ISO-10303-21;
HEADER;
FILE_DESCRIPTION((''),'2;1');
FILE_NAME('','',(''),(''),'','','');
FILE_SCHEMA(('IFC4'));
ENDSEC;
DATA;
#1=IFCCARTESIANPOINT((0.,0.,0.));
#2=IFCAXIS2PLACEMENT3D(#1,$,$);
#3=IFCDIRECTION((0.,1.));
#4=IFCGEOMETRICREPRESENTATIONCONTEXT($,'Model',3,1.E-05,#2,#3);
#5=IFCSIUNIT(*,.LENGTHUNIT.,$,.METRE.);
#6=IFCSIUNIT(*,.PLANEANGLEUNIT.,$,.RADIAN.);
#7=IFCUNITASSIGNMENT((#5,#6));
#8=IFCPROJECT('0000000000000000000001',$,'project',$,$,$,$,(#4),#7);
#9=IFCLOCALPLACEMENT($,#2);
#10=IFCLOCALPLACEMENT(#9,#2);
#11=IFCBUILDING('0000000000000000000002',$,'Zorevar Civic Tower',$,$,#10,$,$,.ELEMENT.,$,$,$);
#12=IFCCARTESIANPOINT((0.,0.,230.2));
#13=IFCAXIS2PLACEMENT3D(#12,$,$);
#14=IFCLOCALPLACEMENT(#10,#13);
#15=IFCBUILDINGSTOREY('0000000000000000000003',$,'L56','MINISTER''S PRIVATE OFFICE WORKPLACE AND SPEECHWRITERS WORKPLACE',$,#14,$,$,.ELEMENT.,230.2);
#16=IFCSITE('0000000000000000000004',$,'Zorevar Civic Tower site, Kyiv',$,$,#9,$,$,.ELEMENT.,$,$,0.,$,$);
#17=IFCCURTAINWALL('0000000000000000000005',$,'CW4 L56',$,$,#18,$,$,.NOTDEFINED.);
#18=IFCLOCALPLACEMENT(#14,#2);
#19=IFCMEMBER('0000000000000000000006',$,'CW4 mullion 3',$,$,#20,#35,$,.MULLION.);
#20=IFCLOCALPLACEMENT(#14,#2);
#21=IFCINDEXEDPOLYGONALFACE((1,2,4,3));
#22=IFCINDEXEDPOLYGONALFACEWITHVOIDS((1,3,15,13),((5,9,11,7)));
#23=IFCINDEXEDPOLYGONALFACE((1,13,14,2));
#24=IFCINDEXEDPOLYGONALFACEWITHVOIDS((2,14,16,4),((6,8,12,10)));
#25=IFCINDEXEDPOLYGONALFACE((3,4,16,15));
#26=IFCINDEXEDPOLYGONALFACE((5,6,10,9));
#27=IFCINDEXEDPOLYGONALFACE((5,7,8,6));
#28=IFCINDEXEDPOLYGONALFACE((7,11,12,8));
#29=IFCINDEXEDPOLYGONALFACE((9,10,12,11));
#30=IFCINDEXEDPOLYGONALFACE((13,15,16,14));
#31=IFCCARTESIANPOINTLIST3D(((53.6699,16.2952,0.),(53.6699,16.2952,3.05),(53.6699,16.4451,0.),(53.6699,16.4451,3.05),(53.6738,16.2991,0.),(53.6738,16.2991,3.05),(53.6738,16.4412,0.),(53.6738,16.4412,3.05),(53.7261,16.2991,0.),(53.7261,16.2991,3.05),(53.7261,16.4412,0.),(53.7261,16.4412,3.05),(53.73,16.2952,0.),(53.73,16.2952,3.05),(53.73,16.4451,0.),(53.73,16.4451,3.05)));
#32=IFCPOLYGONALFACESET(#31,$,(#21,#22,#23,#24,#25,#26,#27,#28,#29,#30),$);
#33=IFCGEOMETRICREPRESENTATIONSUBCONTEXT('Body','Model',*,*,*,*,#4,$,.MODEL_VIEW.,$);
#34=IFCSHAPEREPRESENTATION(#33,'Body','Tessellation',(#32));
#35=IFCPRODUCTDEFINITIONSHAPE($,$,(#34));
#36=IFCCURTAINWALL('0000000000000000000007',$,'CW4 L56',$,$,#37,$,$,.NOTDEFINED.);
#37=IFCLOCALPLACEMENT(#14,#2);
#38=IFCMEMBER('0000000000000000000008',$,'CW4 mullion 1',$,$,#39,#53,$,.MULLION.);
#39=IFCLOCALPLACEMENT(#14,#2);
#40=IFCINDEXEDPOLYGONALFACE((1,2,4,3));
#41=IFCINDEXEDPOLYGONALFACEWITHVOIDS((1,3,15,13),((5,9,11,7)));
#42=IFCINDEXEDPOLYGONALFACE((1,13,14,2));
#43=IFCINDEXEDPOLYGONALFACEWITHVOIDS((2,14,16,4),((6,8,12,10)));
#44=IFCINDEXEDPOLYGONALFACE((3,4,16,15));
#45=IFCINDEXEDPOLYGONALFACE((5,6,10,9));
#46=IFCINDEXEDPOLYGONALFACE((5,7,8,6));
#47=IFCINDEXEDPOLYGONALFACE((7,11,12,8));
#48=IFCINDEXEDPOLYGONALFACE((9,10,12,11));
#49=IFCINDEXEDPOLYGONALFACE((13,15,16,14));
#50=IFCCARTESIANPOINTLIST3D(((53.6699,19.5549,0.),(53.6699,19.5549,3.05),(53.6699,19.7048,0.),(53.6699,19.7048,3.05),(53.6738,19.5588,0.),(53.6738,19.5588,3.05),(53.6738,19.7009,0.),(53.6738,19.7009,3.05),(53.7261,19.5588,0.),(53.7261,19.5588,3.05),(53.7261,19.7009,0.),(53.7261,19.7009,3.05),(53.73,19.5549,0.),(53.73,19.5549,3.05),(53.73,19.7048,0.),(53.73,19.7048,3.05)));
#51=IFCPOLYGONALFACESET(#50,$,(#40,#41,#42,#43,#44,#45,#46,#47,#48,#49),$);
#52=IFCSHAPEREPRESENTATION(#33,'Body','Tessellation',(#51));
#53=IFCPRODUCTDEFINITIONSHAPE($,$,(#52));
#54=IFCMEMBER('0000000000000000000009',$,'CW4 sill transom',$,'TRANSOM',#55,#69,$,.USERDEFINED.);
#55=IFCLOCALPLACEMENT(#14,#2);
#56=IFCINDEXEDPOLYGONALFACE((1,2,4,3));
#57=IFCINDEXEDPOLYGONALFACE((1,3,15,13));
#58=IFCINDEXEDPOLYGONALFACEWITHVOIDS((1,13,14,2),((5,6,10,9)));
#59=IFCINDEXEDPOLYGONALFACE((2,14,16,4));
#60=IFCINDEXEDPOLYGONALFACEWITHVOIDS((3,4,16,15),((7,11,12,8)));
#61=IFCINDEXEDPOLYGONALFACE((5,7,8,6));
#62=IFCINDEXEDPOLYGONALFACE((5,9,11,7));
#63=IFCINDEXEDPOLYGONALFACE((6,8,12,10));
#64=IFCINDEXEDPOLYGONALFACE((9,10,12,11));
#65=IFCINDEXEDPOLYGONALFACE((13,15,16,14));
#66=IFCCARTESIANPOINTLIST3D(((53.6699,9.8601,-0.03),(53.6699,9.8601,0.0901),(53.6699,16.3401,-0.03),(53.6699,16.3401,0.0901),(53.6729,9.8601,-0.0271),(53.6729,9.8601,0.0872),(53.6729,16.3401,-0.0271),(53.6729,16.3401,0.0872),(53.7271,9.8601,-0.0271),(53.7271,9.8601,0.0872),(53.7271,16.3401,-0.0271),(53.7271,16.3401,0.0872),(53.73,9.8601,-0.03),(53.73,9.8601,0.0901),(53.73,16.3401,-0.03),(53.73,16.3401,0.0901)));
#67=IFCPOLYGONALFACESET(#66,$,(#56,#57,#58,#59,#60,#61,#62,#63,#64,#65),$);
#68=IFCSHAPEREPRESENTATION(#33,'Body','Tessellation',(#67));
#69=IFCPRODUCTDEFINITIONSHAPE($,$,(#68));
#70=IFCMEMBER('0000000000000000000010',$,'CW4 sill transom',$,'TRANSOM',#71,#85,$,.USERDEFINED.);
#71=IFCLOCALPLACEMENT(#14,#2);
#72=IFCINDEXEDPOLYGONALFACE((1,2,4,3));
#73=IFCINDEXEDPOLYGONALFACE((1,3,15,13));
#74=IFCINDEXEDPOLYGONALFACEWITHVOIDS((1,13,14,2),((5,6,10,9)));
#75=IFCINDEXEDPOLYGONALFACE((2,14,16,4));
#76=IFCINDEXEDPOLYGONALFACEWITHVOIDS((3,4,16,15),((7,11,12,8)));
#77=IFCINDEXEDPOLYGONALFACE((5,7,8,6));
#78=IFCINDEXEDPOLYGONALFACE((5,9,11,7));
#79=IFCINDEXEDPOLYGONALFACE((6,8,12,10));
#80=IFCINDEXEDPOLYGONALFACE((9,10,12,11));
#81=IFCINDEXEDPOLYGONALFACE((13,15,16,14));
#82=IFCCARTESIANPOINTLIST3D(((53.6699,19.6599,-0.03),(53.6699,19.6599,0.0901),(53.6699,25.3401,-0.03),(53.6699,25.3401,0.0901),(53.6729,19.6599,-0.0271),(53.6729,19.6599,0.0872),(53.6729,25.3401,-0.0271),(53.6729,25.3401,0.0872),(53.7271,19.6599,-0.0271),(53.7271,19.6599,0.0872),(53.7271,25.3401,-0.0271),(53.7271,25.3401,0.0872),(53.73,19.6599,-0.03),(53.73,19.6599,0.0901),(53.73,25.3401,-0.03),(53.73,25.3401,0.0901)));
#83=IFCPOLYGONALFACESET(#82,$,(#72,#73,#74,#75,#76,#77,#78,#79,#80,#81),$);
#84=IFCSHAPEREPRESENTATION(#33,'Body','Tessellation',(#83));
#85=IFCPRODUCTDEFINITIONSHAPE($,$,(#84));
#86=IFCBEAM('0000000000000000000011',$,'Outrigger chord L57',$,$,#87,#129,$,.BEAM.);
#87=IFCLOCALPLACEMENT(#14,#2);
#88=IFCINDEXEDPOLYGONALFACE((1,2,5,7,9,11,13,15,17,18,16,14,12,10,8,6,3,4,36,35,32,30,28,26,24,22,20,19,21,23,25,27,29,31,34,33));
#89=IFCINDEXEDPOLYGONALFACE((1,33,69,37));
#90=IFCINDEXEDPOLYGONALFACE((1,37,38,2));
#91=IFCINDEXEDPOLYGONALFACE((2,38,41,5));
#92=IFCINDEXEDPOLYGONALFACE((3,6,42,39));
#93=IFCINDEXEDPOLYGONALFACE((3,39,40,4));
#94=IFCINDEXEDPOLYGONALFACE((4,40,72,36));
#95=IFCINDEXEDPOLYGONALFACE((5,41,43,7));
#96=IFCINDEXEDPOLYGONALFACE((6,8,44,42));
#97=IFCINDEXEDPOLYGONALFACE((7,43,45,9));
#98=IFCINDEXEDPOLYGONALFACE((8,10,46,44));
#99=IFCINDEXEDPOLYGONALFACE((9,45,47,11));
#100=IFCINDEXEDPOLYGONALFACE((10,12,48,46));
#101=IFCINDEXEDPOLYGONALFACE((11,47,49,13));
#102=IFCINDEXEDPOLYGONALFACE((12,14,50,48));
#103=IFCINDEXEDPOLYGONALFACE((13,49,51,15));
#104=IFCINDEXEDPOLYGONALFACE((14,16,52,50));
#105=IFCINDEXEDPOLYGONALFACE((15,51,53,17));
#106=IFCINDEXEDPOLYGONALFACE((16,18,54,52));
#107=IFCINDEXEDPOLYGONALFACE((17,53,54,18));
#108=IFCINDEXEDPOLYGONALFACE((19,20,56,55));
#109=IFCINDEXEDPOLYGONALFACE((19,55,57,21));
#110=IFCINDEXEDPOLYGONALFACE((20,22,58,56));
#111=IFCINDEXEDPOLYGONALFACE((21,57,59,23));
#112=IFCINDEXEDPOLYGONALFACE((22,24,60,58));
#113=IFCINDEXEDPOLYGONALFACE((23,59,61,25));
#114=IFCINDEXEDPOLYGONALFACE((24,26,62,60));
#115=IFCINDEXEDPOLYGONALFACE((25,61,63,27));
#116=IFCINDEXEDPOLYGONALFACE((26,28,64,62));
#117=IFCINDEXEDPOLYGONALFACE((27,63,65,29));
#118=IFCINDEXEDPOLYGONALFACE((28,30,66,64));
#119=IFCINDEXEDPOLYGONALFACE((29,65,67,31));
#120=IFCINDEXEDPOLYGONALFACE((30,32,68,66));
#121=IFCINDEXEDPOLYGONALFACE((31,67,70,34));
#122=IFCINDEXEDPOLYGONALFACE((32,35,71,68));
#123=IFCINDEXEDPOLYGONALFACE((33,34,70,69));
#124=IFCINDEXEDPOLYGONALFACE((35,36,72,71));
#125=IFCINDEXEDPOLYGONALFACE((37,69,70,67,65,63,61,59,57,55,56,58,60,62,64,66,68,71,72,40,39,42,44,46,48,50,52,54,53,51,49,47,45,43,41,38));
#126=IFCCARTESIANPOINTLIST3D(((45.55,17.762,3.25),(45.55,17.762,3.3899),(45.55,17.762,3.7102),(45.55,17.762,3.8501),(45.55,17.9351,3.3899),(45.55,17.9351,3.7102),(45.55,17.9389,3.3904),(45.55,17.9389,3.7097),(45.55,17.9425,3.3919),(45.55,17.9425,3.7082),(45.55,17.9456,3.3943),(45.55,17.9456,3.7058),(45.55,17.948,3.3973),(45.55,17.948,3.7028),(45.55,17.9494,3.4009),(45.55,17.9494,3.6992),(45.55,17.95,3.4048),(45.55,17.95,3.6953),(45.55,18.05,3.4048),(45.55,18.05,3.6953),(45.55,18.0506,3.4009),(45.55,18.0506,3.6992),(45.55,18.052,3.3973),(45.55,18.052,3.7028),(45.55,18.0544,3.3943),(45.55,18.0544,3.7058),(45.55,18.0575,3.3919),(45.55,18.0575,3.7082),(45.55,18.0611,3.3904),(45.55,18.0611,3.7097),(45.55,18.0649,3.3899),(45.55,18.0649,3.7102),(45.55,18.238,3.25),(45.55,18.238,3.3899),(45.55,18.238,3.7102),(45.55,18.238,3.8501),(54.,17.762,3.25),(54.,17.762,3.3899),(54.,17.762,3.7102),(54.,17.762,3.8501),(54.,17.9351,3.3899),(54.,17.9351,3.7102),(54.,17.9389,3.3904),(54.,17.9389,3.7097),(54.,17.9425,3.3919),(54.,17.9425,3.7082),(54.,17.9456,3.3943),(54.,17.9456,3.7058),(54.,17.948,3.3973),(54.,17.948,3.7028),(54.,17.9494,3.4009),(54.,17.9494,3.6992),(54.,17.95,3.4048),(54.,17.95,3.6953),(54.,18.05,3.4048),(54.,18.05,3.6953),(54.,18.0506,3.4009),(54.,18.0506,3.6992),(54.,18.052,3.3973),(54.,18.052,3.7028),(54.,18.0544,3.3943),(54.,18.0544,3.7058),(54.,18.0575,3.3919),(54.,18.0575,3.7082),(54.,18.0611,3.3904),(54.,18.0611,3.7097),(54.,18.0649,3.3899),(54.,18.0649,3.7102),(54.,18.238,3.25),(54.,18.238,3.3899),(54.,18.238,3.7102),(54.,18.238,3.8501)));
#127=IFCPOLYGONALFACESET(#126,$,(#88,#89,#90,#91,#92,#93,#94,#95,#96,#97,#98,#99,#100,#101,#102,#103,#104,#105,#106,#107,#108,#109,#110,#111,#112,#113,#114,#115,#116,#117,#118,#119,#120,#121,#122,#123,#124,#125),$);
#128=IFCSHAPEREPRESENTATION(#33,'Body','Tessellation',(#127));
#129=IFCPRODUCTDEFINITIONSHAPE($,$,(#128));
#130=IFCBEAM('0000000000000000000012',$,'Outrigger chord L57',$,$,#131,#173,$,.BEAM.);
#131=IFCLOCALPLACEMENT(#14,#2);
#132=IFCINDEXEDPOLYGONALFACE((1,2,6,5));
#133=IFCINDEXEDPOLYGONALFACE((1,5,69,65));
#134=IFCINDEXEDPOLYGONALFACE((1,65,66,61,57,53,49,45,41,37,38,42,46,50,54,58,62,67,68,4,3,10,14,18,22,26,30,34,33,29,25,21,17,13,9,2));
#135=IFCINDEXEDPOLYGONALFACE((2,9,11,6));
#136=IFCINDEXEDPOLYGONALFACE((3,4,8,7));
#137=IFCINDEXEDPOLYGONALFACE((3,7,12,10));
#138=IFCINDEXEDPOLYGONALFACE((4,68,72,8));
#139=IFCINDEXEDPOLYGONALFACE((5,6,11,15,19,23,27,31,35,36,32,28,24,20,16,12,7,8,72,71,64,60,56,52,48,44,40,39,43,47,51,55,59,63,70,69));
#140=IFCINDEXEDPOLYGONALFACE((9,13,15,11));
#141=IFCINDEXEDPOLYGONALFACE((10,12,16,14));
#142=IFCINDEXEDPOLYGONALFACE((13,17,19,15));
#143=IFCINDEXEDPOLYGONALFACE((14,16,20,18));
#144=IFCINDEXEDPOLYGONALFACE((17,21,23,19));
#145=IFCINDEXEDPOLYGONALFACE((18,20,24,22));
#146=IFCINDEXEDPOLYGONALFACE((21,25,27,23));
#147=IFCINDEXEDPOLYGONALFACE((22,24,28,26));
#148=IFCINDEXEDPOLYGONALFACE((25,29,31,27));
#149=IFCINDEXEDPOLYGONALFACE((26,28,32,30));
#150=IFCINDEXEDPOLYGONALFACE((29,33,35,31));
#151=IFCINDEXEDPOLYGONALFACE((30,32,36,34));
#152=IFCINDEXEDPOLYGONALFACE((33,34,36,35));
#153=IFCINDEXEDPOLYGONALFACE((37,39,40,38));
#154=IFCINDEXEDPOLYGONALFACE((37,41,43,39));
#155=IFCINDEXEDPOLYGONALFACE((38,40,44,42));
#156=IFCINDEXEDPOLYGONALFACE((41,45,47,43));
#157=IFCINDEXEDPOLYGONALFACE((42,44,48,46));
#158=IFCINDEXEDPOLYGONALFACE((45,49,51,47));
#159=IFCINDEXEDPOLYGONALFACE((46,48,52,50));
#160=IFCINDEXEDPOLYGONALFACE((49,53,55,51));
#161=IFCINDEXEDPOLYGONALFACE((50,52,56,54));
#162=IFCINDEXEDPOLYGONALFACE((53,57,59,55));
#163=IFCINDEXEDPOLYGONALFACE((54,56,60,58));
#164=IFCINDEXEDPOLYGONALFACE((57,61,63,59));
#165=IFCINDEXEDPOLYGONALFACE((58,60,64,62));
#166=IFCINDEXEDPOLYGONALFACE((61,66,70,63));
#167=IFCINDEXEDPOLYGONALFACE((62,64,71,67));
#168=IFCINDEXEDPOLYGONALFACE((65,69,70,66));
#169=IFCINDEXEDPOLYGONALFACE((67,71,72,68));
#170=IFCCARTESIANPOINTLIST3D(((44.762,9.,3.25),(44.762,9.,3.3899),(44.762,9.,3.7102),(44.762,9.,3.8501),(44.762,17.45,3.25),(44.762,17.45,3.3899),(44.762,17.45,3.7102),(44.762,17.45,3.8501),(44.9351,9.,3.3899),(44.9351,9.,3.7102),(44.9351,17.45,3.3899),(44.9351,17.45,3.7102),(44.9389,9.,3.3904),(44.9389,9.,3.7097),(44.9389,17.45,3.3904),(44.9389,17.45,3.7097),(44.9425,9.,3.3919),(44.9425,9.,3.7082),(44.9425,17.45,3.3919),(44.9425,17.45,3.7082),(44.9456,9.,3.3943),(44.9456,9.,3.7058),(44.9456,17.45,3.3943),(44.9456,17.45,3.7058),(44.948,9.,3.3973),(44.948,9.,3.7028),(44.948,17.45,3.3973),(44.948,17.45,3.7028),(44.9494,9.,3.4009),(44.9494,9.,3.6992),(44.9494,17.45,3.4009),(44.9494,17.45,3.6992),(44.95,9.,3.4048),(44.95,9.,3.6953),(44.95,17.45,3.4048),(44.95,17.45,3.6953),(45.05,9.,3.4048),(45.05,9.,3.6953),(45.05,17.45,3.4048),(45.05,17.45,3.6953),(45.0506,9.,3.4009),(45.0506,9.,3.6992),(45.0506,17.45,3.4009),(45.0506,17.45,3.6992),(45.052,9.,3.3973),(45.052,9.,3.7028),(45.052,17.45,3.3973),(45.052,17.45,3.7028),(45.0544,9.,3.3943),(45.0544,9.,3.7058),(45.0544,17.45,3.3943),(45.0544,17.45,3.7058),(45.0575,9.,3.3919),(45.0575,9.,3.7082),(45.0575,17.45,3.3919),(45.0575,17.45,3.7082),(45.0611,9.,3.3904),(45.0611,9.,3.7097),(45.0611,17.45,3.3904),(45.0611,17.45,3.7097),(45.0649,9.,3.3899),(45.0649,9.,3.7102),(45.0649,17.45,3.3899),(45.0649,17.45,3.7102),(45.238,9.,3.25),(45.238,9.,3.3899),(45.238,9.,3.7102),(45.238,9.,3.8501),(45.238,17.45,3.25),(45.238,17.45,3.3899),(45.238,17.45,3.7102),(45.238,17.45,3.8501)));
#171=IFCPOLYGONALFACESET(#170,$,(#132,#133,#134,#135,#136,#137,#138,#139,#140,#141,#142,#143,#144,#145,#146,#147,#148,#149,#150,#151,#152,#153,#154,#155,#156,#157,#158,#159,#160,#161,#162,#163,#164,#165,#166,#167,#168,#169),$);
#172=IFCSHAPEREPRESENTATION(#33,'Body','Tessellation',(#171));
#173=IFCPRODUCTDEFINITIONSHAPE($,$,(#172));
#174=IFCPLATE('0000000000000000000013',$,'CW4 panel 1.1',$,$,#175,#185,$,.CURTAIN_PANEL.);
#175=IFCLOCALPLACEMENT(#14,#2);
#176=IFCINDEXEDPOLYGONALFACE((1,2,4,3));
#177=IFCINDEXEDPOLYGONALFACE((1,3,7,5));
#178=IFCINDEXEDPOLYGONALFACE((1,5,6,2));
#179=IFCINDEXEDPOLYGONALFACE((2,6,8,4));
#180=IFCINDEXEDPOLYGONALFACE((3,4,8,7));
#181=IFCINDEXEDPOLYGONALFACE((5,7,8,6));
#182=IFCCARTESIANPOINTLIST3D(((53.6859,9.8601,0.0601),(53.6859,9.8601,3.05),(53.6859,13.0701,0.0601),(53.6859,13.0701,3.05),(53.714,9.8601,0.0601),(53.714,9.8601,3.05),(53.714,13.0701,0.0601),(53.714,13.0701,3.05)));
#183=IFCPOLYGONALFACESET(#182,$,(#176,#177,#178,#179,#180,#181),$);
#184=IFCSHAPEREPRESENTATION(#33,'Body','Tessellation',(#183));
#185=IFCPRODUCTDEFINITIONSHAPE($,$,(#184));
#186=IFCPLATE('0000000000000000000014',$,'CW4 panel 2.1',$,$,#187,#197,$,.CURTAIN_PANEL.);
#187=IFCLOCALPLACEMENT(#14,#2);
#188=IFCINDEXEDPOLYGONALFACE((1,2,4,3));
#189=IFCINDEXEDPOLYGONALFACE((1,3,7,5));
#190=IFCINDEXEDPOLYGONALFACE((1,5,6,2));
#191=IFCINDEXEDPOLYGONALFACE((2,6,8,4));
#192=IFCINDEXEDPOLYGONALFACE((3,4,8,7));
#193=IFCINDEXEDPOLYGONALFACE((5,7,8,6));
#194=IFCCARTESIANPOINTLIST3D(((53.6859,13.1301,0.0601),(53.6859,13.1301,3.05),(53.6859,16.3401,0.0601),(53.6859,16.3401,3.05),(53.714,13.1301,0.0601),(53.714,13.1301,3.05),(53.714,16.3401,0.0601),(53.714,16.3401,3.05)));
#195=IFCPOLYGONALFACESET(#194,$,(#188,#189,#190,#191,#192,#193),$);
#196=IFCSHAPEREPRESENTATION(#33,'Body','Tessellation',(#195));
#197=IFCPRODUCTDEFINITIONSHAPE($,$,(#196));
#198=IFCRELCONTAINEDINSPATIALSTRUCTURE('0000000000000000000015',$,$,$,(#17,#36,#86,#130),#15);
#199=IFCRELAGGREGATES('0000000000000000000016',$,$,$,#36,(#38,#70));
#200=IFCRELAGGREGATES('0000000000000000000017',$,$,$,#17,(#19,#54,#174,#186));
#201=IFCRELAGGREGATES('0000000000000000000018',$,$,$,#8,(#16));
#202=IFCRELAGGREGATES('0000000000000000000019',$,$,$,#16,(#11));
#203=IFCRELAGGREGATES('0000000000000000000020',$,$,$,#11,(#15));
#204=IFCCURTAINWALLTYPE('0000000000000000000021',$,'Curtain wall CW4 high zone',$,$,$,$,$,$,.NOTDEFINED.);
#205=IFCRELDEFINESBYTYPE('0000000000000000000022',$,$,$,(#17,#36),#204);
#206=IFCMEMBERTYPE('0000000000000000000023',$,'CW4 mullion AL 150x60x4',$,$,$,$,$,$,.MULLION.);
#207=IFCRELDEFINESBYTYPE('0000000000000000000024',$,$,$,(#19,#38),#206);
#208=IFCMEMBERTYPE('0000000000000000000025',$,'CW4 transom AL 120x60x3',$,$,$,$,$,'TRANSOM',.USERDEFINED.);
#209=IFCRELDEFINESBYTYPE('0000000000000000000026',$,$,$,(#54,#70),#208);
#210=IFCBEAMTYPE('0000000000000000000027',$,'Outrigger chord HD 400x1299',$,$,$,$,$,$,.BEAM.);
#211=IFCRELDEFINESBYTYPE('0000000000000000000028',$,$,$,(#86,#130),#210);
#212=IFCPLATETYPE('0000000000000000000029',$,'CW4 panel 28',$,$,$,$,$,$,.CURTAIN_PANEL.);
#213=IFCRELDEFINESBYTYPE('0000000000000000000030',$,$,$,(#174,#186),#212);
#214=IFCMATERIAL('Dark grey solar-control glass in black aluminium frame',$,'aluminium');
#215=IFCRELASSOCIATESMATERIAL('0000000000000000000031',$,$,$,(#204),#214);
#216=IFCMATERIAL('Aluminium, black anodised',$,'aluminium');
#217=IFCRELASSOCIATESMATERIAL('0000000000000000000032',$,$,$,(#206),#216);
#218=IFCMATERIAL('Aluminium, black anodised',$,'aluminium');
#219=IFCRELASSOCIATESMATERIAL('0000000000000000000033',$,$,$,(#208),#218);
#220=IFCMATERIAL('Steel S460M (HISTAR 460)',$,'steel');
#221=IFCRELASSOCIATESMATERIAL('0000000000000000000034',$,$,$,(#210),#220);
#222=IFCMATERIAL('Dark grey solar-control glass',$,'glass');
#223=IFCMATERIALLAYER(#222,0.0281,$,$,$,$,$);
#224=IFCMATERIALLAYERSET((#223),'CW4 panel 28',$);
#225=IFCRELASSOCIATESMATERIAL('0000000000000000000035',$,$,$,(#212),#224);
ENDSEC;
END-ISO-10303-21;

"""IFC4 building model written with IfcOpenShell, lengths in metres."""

from ifc_helpers import new_model, si_unit, direction, frame, origin, origin_2d, place, context, subcontext, project, spatial, rectangle, hollow_rectangle, i_section, extrude, material, layer, layer_set, material_profile, profile_set, type_object, element, aggregate, save


model = new_model("IFC4")

# Units and contexts
model_context = context("Model", 3, precision=1e-05, world=origin(), true_north=direction((0.0, 1.0)))
body_context = subcontext(model_context, "Body", "Model", "MODEL_VIEW")
ifc_project = project(units=[si_unit("LENGTHUNIT", "METRE"), si_unit("PLANEANGLEUNIT", "RADIAN")], contexts=[model_context])

# Site, building, storey
site_placement = place(None, origin())
site = spatial("IfcSite", under=ifc_project, at=site_placement, Name="Zorevar Civic Tower site, Kyiv", CompositionType="ELEMENT", RefElevation=0.0)
building_placement = place(site_placement, origin())
building = spatial("IfcBuilding", under=site, at=building_placement, Name="Zorevar Civic Tower", CompositionType="ELEMENT")
storey_placement = place(building_placement, frame((0.0, 0.0, 230.2)))
storey = spatial("IfcBuildingStorey", under=building, at=storey_placement, Name="L56", Description="MINISTER'S PRIVATE OFFICE WORKPLACE AND SPEECHWRITERS WORKPLACE", CompositionType="ELEMENT", Elevation=230.2)

# Curtain wall, member
ifc_material_1 = material(Name="Dark grey solar-control glass in black aluminium frame", Category="aluminium")
curtain_wall_type = type_object("IfcCurtainWallType", Name="Curtain wall CW4 high zone", PredefinedType="NOTDEFINED", material=ifc_material_1)
curtain_wall_1_placement = place(storey_placement, origin())
curtain_wall_1 = element("IfcCurtainWall", 1, at=curtain_wall_1_placement, inside=storey, type_object=curtain_wall_type, Name="CW4 L56", PredefinedType="NOTDEFINED")
ifc_material_2 = material(Name="Aluminium, black anodised", Category="aluminium")
ifc_material_profile_1 = material_profile(ifc_material_2, hollow_rectangle(XDim=0.0601, YDim=0.1499, WallThickness=0.0039, at=origin_2d()), Name="AL 150x60x4")
ifc_profile_set_1 = profile_set([ifc_material_profile_1], Name="Aluminium, black anodised")
member_type_1 = type_object("IfcMemberType", Name="CW4 mullion AL 150x60x4", PredefinedType="MULLION", material=ifc_profile_set_1)
member_1_placement = place(storey_placement, frame((53.7, 16.3701, 0.0), z_axis=(0.0, 0.0, 1.0), x_axis=(-1.0, 0.0, 0.0)))
member_1 = element("IfcMember", 2, at=member_1_placement, type_object=member_type_1, Name="CW4 mullion 3", PredefinedType="MULLION", context=body_context, shape_type="SweptSolid", body=[
    extrude(hollow_rectangle(XDim=0.0601, YDim=0.1499, WallThickness=0.0039, at=origin_2d()), origin(), (0.0, 0.0, 1.0), 3.05),
])

# Curtain wall, member
curtain_wall_2_placement = place(storey_placement, origin())
curtain_wall_2 = element("IfcCurtainWall", 3, at=curtain_wall_2_placement, inside=storey, type_object=curtain_wall_type, Name="CW4 L56", PredefinedType="NOTDEFINED")
member_2_placement = place(storey_placement, frame((53.7, 19.6299, 0.0), z_axis=(0.0, 0.0, 1.0), x_axis=(-1.0, 0.0, 0.0)))
member_2 = element("IfcMember", 4, at=member_2_placement, type_object=member_type_1, Name="CW4 mullion 1", PredefinedType="MULLION", context=body_context, shape_type="SweptSolid", body=[
    extrude(hollow_rectangle(XDim=0.0601, YDim=0.1499, WallThickness=0.0039, at=origin_2d()), origin(), (0.0, 0.0, 1.0), 3.05),
])

# Members
ifc_material_3 = material(Name="Aluminium, black anodised", Category="aluminium")
ifc_material_profile_2 = material_profile(ifc_material_3, hollow_rectangle(XDim=0.0601, YDim=0.1201, WallThickness=0.0029, at=origin_2d()), Name="AL 120x60x3")
ifc_profile_set_2 = profile_set([ifc_material_profile_2], Name="Aluminium, black anodised")
member_type_2 = type_object("IfcMemberType", Name="CW4 transom AL 120x60x3", ElementType="TRANSOM", PredefinedType="USERDEFINED", material=ifc_profile_set_2)
member_3_placement = place(storey_placement, frame((53.7, 9.8601, 0.03), z_axis=(0.0, 1.0, 0.0), x_axis=(-1.0, 0.0, 0.0)))
member_3 = element("IfcMember", 5, at=member_3_placement, type_object=member_type_2, Name="CW4 sill transom", ObjectType="TRANSOM", PredefinedType="USERDEFINED", context=body_context, shape_type="SweptSolid", body=[
    extrude(hollow_rectangle(XDim=0.0601, YDim=0.1201, WallThickness=0.0029, at=origin_2d()), origin(), (0.0, 0.0, 1.0), 6.48),
])
member_4_placement = place(storey_placement, frame((53.7, 19.6599, 0.03), z_axis=(0.0, 1.0, 0.0), x_axis=(-1.0, 0.0, 0.0)))
member_4 = element("IfcMember", 6, at=member_4_placement, type_object=member_type_2, Name="CW4 sill transom", ObjectType="TRANSOM", PredefinedType="USERDEFINED", context=body_context, shape_type="SweptSolid", body=[
    extrude(hollow_rectangle(XDim=0.0601, YDim=0.1201, WallThickness=0.0029, at=origin_2d()), origin(), (0.0, 0.0, 1.0), 5.6802),
])
aggregate(curtain_wall_2, [member_2, member_4])

# Beams
ifc_material_4 = material(Name="Steel S460M (HISTAR 460)", Category="steel")
ifc_material_profile_3 = material_profile(ifc_material_4, i_section(OverallWidth=0.4761, OverallDepth=0.6001, WebThickness=0.1001, FlangeThickness=0.1399, FilletRadius=0.0149, at=origin_2d()), Name="HD 400x1299")
ifc_profile_set_3 = profile_set([ifc_material_profile_3], Name="Steel S460M (HISTAR 460)")
beam_type_1 = type_object("IfcBeamType", Name="Outrigger chord HD 400x1299", PredefinedType="BEAM", material=ifc_profile_set_3)
for number, where, z_axis, x_axis, name in (
    (7, (45.55, 18.0, 3.55), (1.0, 0.0, 0.0), (0.0, 1.0, 0.0), "Outrigger chord L57"),
    (8, (45.0, 9.0, 3.55), (0.0, 1.0, 0.0), (-1.0, 0.0, 0.0), "Outrigger chord L57"),
):
    element("IfcBeam", number, at=place(storey_placement, frame(where, z_axis=z_axis, x_axis=x_axis)), inside=storey, type_object=beam_type_1, Name=name, PredefinedType="BEAM", context=body_context, shape_type="SweptSolid", body=[
        extrude(i_section(OverallWidth=0.4761, OverallDepth=0.6001, WebThickness=0.1001, FlangeThickness=0.1399, FilletRadius=0.0149, at=origin_2d()), origin(), (0.0, 0.0, 1.0), 8.45),
    ])

# Plates
ifc_material_5 = material(Name="Dark grey solar-control glass", Category="glass")
ifc_layer_1 = layer(ifc_material_5, 0.0281)
ifc_layer_set_1 = layer_set([ifc_layer_1], Name="CW4 panel 28")
plate_type = type_object("IfcPlateType", Name="CW4 panel 28", PredefinedType="CURTAIN_PANEL", material=ifc_layer_set_1)
plate_1_placement = place(storey_placement, frame((53.7, 11.4651, 0.0601), z_axis=(0.0, 0.0, 1.0), x_axis=(0.0, 1.0, 0.0)))
plate_1 = element("IfcPlate", 9, at=plate_1_placement, type_object=plate_type, Name="CW4 panel 1.1", PredefinedType="CURTAIN_PANEL", context=body_context, shape_type="SweptSolid", body=[
    extrude(rectangle(XDim=3.21, YDim=0.0281, at=origin_2d()), origin(), (0.0, 0.0, 1.0), 2.99),
])
plate_2_placement = place(storey_placement, frame((53.7, 14.7351, 0.0601), z_axis=(0.0, 0.0, 1.0), x_axis=(0.0, 1.0, 0.0)))
plate_2 = element("IfcPlate", 10, at=plate_2_placement, type_object=plate_type, Name="CW4 panel 2.1", PredefinedType="CURTAIN_PANEL", context=body_context, shape_type="SweptSolid", body=[
    extrude(rectangle(XDim=3.21, YDim=0.0281, at=origin_2d()), origin(), (0.0, 0.0, 1.0), 2.99),
])
aggregate(curtain_wall_1, [member_1, member_3, plate_1, plate_2])

save(model, "model.ifc")
